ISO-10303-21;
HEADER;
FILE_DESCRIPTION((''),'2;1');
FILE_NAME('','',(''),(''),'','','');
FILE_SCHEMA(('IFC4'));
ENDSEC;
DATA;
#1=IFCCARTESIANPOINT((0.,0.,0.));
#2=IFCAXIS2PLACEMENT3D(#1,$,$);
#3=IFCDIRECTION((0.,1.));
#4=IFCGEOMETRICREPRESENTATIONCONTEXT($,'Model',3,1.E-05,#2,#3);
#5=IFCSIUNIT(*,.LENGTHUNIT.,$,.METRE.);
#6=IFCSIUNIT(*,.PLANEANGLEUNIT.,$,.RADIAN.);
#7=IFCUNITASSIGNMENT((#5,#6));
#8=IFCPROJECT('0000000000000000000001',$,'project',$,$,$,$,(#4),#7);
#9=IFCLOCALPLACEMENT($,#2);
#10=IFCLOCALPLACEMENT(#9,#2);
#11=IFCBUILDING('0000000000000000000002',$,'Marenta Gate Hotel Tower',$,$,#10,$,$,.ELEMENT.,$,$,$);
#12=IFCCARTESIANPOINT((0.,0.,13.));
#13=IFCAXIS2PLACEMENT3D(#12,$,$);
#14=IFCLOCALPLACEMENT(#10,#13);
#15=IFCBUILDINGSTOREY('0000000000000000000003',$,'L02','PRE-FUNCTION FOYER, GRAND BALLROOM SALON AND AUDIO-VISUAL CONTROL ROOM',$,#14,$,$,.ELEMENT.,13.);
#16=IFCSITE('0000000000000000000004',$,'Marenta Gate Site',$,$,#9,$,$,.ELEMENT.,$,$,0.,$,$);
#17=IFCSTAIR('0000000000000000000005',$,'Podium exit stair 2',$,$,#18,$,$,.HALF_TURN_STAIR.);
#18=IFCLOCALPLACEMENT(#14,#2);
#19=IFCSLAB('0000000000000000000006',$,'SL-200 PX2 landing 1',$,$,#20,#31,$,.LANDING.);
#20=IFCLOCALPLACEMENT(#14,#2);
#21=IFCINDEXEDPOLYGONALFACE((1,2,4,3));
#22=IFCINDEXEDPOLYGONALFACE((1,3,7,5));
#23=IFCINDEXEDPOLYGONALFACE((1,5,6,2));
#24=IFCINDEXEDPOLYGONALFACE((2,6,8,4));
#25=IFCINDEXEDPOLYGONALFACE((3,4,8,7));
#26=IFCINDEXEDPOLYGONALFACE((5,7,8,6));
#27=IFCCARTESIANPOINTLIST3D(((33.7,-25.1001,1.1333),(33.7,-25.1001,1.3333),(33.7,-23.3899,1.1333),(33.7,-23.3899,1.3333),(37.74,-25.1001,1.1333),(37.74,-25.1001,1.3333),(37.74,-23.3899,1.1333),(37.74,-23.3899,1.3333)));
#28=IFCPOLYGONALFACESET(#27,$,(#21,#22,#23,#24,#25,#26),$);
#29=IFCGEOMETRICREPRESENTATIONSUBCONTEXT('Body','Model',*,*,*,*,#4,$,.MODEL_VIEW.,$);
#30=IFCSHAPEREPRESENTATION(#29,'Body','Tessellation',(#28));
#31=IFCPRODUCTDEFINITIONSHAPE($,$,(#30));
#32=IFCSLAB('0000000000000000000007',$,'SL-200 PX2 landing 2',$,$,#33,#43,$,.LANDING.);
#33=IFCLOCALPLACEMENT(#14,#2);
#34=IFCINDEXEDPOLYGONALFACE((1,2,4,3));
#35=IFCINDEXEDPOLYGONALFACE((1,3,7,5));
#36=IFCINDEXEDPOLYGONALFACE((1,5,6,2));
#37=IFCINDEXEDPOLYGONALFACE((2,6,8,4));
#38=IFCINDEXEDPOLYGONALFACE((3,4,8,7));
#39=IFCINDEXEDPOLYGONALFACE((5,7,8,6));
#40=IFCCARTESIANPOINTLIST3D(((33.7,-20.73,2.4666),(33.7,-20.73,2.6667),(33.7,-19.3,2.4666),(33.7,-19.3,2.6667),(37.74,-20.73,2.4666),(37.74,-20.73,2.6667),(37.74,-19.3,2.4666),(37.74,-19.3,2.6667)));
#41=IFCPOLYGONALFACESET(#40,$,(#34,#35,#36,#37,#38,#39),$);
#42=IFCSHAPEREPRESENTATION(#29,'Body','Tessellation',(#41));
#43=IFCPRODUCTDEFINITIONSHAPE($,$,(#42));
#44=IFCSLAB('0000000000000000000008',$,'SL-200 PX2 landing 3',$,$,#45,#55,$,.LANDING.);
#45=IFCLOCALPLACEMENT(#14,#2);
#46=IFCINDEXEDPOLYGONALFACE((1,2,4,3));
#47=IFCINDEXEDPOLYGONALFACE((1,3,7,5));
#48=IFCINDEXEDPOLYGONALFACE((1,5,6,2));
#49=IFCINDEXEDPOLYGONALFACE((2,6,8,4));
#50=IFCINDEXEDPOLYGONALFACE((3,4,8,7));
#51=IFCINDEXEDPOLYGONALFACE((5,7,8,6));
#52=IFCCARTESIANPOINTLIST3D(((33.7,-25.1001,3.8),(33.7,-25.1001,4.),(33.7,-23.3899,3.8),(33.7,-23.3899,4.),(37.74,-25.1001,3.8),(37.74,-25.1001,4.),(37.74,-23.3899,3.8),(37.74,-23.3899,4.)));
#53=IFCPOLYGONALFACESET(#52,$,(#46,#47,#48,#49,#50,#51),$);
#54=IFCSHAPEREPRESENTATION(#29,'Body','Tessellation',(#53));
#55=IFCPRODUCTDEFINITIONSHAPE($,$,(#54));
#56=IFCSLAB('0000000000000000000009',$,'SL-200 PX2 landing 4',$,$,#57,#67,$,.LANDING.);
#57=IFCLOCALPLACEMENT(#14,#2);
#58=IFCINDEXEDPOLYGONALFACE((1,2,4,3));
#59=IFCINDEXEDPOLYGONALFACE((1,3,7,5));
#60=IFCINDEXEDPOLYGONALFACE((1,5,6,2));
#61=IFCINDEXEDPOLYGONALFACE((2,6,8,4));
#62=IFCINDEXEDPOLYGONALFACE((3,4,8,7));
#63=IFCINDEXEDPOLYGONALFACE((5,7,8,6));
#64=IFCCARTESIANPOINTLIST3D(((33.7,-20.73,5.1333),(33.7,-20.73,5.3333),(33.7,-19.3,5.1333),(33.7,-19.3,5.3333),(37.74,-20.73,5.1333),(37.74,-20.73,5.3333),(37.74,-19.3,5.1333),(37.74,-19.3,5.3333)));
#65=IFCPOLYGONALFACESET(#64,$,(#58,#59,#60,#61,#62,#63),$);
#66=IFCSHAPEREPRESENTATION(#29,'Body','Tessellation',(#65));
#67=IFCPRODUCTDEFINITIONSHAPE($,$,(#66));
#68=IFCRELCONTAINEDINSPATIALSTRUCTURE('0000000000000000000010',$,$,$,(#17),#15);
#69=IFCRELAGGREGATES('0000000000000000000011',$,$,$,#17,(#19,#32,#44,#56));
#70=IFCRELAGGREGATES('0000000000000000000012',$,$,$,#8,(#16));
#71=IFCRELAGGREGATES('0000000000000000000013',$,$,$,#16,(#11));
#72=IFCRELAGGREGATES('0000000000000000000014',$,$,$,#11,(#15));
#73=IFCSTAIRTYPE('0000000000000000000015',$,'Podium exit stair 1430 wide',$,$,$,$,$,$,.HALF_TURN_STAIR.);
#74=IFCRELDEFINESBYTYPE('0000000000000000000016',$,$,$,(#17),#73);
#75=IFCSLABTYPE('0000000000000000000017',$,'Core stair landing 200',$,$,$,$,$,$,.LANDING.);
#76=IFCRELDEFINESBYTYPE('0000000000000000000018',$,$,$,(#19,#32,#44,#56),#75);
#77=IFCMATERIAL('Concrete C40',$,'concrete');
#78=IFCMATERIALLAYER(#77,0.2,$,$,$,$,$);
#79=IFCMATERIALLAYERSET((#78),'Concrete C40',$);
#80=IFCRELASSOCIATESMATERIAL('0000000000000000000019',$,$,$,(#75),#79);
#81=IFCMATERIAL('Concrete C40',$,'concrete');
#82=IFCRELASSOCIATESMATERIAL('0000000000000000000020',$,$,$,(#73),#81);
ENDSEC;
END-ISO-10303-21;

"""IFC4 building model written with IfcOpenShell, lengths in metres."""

from ifc_helpers import new_model, si_unit, direction, frame, origin, place, context, subcontext, project, spatial, polyline, outline, extrude, material, layer, layer_set, type_object, element, aggregate, save


model = new_model("IFC4")

# Units and contexts
model_context = context("Model", 3, precision=1e-05, world=origin(), true_north=direction((0.0, 1.0)))
body_context = subcontext(model_context, "Body", "Model", "MODEL_VIEW")
ifc_project = project(units=[si_unit("LENGTHUNIT", "METRE"), si_unit("PLANEANGLEUNIT", "RADIAN")], contexts=[model_context])

# Site, building, storey
site_placement = place(None, origin())
site = spatial("IfcSite", under=ifc_project, at=site_placement, Name="Marenta Gate Site", CompositionType="ELEMENT", RefElevation=0.0)
building_placement = place(site_placement, origin())
building = spatial("IfcBuilding", under=site, at=building_placement, Name="Marenta Gate Hotel Tower", CompositionType="ELEMENT")
storey_placement = place(building_placement, frame((0.0, 0.0, 13.0)))
storey = spatial("IfcBuildingStorey", under=building, at=storey_placement, Name="L02", Description="PRE-FUNCTION FOYER, GRAND BALLROOM SALON AND AUDIO-VISUAL CONTROL ROOM", CompositionType="ELEMENT", Elevation=13.0)

# Shared definitions
ifc_material_1 = material(Name="Concrete C40", Category="concrete")
ifc_layer = layer(ifc_material_1, 0.2)
ifc_layer_set = layer_set([ifc_layer], Name="Concrete C40")
slab_type = type_object("IfcSlabType", Name="Core stair landing 200", PredefinedType="LANDING", material=ifc_layer_set)

# Stair, slabs
ifc_material_2 = material(Name="Concrete C40", Category="concrete")
stair_type_1 = type_object("IfcStairType", Name="Podium exit stair 1430 wide", PredefinedType="HALF_TURN_STAIR", material=ifc_material_2)
stair_1_placement = place(storey_placement, origin())
stair_1 = element("IfcStair", 1, at=stair_1_placement, inside=storey, type_object=stair_type_1, Name="Podium exit stair 2", PredefinedType="HALF_TURN_STAIR")
slab_1_placement = place(storey_placement, frame((0.0, 0.0, 1.1333)))
slab_1 = element("IfcSlab", 2, at=slab_1_placement, type_object=slab_type, Name="SL-200 PX2 landing 1", PredefinedType="LANDING", context=body_context, shape_type="SweptSolid", body=[
    extrude(outline(polyline([(33.7, -25.1001), (37.74, -25.1001), (37.74, -23.3899), (33.7, -23.3899), (33.7, -25.1001)])), origin(), (0.0, 0.0, 1.0), 0.2),
])
slab_2_placement = place(storey_placement, frame((0.0, 0.0, 2.4666)))
slab_2 = element("IfcSlab", 3, at=slab_2_placement, type_object=slab_type, Name="SL-200 PX2 landing 2", PredefinedType="LANDING", context=body_context, shape_type="SweptSolid", body=[
    extrude(outline(polyline([(33.7, -20.73), (37.74, -20.73), (37.74, -19.3), (33.7, -19.3), (33.7, -20.73)])), origin(), (0.0, 0.0, 1.0), 0.2002),
])
slab_3_placement = place(storey_placement, frame((0.0, 0.0, 3.8)))
slab_3 = element("IfcSlab", 4, at=slab_3_placement, type_object=slab_type, Name="SL-200 PX2 landing 3", PredefinedType="LANDING", context=body_context, shape_type="SweptSolid", body=[
    extrude(outline(polyline([(33.7, -25.1001), (37.74, -25.1001), (37.74, -23.3899), (33.7, -23.3899), (33.7, -25.1001)])), origin(), (0.0, 0.0, 1.0), 0.2),
])
slab_4_placement = place(storey_placement, frame((0.0, 0.0, 5.1333)))
slab_4 = element("IfcSlab", 5, at=slab_4_placement, type_object=slab_type, Name="SL-200 PX2 landing 4", PredefinedType="LANDING", context=body_context, shape_type="SweptSolid", body=[
    extrude(outline(polyline([(33.7, -20.73), (37.74, -20.73), (37.74, -19.3), (33.7, -19.3), (33.7, -20.73)])), origin(), (0.0, 0.0, 1.0), 0.2),
])
aggregate(stair_1, [slab_1, slab_2, slab_3, slab_4])

save(model, "model.ifc")
